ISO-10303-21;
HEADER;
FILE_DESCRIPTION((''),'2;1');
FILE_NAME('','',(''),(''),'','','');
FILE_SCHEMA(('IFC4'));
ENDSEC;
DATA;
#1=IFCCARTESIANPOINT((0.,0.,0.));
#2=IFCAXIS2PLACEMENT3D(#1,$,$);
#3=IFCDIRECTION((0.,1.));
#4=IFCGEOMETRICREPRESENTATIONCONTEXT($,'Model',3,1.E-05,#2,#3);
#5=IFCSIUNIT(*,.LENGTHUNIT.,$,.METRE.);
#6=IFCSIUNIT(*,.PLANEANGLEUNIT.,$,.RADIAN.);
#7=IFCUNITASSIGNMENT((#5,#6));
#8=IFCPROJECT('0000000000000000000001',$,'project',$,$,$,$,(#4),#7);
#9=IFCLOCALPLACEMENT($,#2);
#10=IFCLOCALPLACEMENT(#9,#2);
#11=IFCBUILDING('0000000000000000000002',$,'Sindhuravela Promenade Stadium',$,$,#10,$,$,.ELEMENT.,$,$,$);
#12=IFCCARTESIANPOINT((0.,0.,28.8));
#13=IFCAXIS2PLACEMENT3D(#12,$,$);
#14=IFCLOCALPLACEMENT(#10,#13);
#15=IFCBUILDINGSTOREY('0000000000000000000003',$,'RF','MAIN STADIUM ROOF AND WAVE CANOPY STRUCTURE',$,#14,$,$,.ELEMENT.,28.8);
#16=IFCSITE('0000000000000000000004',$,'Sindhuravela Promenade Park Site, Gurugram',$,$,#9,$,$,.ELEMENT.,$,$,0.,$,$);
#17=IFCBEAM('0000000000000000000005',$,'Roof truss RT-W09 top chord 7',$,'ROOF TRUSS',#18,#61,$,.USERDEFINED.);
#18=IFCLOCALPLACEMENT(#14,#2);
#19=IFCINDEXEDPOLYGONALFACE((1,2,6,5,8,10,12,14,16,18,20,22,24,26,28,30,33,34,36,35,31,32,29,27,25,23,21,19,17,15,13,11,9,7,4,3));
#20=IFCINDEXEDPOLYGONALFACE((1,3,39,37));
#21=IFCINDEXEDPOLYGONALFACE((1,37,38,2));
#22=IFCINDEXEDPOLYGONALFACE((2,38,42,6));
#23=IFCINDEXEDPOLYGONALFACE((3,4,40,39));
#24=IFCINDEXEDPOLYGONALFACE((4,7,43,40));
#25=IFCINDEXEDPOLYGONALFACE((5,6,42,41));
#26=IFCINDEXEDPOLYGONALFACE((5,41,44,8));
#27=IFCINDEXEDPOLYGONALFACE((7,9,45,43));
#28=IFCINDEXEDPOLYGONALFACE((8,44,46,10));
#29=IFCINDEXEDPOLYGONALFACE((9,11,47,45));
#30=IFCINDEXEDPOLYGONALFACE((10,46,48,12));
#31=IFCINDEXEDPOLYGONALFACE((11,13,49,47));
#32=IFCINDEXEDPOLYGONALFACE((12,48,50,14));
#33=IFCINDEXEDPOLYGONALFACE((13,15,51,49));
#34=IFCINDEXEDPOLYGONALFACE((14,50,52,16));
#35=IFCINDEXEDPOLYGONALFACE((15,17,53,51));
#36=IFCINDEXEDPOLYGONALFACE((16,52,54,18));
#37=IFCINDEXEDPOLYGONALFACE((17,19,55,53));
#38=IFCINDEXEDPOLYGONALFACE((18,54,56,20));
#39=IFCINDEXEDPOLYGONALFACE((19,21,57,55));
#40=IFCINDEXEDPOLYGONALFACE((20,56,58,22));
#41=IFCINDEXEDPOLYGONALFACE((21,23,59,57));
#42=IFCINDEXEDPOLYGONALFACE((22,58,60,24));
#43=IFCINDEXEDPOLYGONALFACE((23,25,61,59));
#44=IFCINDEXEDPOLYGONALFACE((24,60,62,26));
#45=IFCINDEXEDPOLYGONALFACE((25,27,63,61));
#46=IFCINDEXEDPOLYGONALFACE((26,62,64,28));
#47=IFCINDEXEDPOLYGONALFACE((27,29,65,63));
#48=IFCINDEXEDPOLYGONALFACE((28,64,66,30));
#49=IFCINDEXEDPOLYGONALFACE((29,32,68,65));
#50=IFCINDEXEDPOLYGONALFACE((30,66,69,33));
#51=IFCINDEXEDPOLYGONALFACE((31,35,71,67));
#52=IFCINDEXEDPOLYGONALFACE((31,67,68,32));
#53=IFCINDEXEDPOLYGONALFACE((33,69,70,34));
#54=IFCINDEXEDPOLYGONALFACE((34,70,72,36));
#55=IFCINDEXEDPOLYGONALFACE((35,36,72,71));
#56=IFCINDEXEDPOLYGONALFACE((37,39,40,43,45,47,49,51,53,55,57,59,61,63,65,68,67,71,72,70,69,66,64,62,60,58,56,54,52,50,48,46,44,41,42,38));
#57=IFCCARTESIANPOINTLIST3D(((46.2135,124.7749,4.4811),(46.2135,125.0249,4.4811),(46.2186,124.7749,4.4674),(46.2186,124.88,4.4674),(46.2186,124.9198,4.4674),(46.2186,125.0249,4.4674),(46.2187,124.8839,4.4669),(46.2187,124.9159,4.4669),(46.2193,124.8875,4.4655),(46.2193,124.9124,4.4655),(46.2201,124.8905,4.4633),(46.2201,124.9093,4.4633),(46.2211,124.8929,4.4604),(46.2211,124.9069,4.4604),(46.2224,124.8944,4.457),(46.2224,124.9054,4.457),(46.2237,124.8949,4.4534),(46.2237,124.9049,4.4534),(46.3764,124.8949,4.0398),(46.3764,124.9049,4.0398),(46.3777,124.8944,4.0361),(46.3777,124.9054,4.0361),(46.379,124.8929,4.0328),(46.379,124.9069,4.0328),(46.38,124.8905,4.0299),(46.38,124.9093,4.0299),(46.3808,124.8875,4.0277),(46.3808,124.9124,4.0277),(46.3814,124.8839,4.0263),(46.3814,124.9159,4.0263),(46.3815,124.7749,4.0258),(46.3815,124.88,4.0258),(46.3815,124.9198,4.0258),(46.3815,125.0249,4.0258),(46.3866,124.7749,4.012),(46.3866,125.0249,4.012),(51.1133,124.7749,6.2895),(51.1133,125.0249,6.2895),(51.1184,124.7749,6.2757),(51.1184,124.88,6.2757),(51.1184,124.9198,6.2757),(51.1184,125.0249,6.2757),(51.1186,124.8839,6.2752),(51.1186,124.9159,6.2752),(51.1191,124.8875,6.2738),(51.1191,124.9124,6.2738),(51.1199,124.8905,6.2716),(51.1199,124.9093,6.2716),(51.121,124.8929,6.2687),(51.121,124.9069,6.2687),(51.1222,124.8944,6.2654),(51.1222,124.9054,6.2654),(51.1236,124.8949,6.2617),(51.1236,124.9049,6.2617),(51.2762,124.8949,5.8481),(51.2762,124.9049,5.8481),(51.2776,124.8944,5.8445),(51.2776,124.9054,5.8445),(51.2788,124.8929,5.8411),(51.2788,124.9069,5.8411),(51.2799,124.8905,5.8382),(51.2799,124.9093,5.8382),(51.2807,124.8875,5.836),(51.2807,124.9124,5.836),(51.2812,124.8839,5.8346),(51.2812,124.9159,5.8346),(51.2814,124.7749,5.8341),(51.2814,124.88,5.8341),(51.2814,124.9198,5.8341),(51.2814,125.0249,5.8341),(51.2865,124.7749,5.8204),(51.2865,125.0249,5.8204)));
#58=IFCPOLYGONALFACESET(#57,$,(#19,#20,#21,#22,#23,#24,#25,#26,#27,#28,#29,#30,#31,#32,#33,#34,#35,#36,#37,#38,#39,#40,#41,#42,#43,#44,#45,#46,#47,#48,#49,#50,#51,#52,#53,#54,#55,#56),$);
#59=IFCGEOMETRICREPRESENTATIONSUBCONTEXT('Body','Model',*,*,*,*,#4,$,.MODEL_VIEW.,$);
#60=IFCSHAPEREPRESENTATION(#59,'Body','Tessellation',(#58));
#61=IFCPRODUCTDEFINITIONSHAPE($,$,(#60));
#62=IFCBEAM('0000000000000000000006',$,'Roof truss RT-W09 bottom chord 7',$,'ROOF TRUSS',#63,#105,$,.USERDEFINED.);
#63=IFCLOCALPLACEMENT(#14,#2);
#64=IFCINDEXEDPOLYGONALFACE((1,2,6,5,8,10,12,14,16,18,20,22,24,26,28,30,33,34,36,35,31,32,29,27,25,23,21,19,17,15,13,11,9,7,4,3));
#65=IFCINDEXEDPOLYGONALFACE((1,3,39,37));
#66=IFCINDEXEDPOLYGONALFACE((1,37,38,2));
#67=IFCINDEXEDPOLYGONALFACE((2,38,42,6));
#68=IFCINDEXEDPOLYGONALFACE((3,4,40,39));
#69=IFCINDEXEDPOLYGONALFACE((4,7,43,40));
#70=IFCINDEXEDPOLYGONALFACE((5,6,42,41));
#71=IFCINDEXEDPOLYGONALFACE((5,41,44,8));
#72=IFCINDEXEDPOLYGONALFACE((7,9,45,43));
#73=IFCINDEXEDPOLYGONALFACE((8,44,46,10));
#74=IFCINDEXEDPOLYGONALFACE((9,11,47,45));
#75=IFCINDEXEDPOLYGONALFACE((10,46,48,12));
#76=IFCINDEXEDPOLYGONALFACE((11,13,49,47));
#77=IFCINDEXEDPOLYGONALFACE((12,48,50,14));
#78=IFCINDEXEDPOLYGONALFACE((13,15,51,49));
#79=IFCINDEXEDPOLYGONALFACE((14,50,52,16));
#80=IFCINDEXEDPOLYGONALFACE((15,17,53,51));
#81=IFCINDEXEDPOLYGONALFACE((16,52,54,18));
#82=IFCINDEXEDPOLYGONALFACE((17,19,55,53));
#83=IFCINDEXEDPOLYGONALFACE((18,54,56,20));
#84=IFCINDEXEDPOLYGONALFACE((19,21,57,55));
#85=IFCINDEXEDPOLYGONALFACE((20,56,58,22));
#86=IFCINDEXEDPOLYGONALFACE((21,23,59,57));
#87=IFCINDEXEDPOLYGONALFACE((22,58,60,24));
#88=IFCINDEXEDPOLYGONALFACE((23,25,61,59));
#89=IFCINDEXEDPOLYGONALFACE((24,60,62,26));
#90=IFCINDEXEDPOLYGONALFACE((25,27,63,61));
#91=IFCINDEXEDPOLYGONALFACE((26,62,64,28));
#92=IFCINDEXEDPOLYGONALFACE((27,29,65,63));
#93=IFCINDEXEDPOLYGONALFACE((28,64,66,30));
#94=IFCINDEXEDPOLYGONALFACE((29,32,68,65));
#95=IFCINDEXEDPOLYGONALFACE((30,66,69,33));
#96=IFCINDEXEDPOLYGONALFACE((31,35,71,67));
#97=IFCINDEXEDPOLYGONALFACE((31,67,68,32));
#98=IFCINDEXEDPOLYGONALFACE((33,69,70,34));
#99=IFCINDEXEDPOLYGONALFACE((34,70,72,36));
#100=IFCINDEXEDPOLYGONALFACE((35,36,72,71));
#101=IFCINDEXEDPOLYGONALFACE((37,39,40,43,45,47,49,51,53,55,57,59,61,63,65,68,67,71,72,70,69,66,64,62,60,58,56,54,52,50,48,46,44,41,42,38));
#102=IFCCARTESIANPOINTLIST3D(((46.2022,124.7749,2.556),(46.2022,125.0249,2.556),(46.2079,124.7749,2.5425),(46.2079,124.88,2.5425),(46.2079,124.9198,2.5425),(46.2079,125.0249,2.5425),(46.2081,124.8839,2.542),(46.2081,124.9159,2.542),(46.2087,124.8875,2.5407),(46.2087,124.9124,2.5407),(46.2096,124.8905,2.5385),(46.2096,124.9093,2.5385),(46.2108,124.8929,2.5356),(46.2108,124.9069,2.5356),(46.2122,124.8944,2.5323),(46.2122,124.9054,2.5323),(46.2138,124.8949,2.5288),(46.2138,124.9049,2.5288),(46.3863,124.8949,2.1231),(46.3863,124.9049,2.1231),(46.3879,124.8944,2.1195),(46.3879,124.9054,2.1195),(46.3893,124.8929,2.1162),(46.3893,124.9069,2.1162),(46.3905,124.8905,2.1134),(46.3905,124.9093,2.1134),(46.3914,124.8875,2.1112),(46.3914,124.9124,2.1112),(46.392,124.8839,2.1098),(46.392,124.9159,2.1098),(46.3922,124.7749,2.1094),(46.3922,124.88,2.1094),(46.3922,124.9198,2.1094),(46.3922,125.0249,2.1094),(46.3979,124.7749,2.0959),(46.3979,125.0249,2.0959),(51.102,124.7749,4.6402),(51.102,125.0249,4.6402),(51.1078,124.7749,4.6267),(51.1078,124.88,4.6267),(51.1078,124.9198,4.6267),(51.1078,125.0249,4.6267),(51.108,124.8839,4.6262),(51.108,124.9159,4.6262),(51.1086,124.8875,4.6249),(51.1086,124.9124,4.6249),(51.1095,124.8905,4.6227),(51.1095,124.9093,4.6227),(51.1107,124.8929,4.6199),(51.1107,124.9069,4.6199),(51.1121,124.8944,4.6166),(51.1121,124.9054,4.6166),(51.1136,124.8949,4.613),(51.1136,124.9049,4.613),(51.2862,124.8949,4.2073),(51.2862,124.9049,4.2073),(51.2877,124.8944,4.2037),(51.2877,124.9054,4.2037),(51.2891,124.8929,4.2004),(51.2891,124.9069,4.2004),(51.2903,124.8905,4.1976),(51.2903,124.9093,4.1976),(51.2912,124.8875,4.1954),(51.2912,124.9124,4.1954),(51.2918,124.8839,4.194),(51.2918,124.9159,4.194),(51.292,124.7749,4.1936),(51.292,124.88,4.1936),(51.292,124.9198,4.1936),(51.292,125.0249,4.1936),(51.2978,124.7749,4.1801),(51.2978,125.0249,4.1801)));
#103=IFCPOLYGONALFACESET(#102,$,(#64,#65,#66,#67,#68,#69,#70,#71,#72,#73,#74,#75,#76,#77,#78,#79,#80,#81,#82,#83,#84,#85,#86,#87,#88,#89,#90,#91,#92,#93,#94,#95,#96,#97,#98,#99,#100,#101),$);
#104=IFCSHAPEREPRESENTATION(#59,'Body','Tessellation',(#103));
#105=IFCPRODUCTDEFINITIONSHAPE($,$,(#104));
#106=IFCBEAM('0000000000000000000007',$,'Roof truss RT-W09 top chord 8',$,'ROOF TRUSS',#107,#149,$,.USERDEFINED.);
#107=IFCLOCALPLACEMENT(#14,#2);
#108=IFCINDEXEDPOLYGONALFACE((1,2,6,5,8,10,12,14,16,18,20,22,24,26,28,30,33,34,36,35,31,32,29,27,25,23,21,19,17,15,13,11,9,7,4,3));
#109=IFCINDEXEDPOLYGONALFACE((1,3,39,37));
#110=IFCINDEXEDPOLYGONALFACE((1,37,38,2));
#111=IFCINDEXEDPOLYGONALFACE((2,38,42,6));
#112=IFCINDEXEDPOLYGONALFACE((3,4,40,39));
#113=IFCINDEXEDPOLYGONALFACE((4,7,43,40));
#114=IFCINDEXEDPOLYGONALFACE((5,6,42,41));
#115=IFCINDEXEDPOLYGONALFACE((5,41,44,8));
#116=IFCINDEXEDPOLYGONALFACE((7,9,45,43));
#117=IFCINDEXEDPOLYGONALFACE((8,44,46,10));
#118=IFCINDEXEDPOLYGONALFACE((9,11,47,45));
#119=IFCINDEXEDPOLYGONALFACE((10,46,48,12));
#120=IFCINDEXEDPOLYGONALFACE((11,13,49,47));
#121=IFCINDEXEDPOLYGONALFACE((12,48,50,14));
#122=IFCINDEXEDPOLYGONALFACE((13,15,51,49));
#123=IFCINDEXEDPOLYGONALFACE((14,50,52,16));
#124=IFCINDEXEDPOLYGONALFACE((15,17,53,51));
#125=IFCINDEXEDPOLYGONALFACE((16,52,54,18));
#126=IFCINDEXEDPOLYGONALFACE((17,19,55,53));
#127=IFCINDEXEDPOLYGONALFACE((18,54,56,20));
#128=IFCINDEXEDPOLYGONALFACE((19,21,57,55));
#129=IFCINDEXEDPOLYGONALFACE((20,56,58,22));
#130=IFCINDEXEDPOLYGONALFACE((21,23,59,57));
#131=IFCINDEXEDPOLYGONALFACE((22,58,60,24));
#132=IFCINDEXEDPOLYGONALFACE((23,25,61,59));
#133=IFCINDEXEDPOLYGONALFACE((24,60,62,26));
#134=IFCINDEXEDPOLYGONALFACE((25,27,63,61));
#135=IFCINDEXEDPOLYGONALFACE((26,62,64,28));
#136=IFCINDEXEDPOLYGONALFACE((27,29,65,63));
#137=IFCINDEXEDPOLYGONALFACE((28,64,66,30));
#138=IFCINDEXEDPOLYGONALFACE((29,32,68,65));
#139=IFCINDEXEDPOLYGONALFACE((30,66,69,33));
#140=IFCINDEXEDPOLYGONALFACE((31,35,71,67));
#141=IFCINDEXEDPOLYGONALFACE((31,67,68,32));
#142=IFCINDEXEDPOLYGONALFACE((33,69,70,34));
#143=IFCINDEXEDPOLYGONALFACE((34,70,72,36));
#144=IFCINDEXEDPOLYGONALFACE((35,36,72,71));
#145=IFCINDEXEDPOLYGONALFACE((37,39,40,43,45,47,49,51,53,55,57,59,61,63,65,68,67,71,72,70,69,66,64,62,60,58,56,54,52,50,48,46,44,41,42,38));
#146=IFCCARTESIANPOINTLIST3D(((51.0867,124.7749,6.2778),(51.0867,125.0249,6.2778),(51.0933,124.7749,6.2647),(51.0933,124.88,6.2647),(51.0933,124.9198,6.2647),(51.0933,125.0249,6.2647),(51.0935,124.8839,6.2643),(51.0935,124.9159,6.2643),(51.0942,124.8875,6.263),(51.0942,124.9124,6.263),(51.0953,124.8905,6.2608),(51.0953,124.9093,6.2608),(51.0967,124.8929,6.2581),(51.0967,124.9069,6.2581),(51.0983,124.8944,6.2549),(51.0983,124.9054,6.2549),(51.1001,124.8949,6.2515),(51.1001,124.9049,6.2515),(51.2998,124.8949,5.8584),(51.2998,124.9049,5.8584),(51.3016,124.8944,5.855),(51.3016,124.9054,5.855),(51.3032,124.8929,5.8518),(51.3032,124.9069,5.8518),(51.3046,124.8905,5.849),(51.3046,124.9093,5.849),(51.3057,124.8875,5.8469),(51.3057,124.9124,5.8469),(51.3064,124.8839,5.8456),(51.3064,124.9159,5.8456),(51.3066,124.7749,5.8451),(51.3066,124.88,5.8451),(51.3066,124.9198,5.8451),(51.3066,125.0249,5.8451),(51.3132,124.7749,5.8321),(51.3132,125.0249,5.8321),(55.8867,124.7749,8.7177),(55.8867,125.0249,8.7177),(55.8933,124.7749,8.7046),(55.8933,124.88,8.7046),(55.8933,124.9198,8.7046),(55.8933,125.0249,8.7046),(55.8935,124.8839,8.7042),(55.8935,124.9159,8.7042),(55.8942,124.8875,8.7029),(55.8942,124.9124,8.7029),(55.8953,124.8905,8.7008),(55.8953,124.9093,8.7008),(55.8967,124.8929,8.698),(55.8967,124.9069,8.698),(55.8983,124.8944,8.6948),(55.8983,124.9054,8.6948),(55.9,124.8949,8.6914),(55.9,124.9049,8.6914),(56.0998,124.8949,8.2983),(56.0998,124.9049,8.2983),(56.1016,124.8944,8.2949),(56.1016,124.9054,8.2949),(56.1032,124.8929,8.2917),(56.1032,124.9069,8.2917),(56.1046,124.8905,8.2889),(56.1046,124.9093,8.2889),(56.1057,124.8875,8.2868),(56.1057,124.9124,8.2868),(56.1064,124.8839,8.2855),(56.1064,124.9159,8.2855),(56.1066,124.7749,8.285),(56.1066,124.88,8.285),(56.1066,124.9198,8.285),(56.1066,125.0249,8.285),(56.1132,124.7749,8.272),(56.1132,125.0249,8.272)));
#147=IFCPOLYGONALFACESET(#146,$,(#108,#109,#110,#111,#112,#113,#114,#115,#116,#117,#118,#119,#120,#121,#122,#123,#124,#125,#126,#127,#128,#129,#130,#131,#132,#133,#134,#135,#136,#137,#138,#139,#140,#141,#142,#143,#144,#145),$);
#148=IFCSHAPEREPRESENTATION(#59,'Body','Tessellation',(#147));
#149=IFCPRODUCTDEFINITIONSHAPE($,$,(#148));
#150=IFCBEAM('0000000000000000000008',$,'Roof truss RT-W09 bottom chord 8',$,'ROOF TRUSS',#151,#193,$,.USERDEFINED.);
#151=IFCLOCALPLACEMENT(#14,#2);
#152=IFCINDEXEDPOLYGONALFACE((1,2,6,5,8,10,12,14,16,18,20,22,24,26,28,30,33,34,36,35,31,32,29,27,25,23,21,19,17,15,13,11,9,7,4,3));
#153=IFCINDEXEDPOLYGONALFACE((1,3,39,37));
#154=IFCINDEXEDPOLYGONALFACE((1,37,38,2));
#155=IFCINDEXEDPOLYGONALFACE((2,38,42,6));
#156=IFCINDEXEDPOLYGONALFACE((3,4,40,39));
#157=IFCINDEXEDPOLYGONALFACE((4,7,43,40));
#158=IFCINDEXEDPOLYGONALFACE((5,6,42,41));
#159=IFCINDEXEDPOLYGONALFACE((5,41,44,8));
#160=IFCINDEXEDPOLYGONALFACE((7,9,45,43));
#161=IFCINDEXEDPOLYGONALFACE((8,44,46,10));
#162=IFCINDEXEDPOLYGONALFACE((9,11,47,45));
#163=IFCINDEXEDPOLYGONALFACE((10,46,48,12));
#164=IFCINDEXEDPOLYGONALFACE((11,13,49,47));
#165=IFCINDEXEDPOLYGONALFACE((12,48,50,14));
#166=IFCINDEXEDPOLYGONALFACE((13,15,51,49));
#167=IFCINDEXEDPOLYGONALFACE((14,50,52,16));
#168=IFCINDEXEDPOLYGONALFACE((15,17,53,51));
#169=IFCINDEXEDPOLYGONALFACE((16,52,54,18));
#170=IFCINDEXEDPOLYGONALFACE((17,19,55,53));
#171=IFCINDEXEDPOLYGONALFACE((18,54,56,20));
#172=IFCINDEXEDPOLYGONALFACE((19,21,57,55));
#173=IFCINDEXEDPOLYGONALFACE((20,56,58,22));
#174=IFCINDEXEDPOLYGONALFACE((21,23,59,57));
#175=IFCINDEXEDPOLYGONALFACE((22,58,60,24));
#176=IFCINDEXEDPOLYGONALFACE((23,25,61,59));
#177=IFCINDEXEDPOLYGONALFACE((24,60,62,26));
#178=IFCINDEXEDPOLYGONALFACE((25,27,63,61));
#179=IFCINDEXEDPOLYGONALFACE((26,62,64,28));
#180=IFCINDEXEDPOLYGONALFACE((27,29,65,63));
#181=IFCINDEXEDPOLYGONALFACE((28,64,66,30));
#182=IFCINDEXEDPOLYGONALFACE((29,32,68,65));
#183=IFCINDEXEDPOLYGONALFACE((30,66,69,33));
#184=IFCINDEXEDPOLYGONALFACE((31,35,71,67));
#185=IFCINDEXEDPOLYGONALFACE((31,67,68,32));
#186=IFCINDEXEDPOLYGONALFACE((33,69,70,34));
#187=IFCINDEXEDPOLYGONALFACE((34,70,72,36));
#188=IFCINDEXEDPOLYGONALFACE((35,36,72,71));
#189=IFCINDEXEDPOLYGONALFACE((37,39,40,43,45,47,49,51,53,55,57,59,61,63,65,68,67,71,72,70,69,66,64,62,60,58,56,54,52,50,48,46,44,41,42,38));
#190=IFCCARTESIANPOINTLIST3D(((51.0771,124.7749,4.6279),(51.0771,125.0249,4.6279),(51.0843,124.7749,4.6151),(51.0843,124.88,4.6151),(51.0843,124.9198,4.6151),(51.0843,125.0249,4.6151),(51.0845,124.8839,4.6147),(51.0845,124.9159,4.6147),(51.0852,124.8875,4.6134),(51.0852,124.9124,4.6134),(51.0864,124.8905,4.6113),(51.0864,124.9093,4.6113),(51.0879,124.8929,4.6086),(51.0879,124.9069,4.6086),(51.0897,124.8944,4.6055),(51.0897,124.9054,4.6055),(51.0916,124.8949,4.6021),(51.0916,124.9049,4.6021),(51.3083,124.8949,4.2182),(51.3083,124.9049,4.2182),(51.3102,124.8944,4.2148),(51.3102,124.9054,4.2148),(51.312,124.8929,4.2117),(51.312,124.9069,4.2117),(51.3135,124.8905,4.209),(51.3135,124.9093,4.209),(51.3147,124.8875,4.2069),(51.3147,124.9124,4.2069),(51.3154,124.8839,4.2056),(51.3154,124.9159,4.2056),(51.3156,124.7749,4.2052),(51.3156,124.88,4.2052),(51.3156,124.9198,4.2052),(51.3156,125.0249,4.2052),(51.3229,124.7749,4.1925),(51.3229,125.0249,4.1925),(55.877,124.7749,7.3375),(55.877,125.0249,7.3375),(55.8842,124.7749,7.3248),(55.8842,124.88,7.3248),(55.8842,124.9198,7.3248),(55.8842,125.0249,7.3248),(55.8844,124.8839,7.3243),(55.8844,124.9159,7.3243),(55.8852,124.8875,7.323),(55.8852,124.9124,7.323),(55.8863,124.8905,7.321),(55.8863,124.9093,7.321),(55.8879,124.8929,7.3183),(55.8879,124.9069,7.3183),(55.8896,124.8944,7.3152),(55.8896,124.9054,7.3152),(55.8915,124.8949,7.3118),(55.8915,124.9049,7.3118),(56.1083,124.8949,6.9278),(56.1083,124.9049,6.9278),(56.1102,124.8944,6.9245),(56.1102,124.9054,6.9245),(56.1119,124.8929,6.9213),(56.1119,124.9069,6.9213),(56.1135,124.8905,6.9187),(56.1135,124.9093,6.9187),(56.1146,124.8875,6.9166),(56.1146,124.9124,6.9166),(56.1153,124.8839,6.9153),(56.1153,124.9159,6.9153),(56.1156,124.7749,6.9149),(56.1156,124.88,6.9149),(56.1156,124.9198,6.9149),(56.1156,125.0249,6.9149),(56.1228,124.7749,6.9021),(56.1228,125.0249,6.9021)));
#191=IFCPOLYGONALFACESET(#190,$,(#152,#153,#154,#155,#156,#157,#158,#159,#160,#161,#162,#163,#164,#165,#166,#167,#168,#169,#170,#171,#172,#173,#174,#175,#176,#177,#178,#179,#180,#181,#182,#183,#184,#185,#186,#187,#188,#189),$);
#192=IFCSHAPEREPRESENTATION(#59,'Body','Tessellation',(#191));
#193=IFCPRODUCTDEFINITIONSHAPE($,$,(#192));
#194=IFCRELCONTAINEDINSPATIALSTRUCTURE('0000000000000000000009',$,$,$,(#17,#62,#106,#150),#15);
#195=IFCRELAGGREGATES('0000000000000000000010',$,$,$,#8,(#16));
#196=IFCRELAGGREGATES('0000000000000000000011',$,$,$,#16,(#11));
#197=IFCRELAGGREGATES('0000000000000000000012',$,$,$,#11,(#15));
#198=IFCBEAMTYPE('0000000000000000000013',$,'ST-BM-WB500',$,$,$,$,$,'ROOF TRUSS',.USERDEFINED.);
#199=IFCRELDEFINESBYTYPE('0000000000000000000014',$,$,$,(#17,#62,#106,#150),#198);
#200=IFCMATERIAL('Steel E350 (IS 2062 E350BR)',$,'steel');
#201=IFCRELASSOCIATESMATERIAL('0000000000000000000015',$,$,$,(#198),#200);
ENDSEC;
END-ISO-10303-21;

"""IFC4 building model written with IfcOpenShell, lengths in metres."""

from ifc_helpers import new_model, si_unit, direction, frame, origin, origin_2d, place, context, subcontext, project, spatial, i_section, extrude, material, material_profile, profile_set, type_object, element, save


model = new_model("IFC4")

# Units and contexts
model_context = context("Model", 3, precision=1e-05, world=origin(), true_north=direction((0.0, 1.0)))
body_context = subcontext(model_context, "Body", "Model", "MODEL_VIEW")
ifc_project = project(units=[si_unit("LENGTHUNIT", "METRE"), si_unit("PLANEANGLEUNIT", "RADIAN")], contexts=[model_context])

# Site, building, storey
site_placement = place(None, origin())
site = spatial("IfcSite", under=ifc_project, at=site_placement, Name="Sindhuravela Promenade Park Site, Gurugram", CompositionType="ELEMENT", RefElevation=0.0)
building_placement = place(site_placement, origin())
building = spatial("IfcBuilding", under=site, at=building_placement, Name="Sindhuravela Promenade Stadium", CompositionType="ELEMENT")
storey_placement = place(building_placement, frame((0.0, 0.0, 28.8)))
storey = spatial("IfcBuildingStorey", under=building, at=storey_placement, Name="RF", Description="MAIN STADIUM ROOF AND WAVE CANOPY STRUCTURE", CompositionType="ELEMENT", Elevation=28.8)

# Beams
ifc_material_1 = material(Name="Steel E350 (IS 2062 E350BR)", Category="steel")
ifc_material_profile_1 = material_profile(ifc_material_1, i_section(OverallWidth=0.25, OverallDepth=0.5, WebThickness=0.01, FlangeThickness=0.0146, FilletRadius=0.0149, at=origin_2d()), Name="ISWB 500")
ifc_profile_set_1 = profile_set([ifc_material_profile_1], Name="Steel E350 (IS 2062 E350BR)")
beam_type = type_object("IfcBeamType", Name="ST-BM-WB500", ElementType="ROOF TRUSS", PredefinedType="USERDEFINED", material=ifc_profile_set_1)
beam_1_placement = place(storey_placement, frame((46.3, 124.8999, 4.2466), z_axis=(0.938149, 0.0, 0.346232), x_axis=(0.0, 1.0, 0.0)))
element("IfcBeam", 1, at=beam_1_placement, inside=storey, type_object=beam_type, Name="Roof truss RT-W09 top chord 7", ObjectType="ROOF TRUSS", PredefinedType="USERDEFINED", context=body_context, shape_type="SweptSolid", body=[
    extrude(i_section(OverallWidth=0.25, OverallDepth=0.5, WebThickness=0.01, FlangeThickness=0.0146, FilletRadius=0.0149, at=origin_2d()), origin(), (0.0, 0.0, 1.0), 5.2229),
])
beam_2_placement = place(storey_placement, frame((46.3, 124.8999, 2.3259), z_axis=(0.920211, 0.0, 0.391422), x_axis=(0.0, 1.0, 0.0)))
element("IfcBeam", 2, at=beam_2_placement, inside=storey, type_object=beam_type, Name="Roof truss RT-W09 bottom chord 7", ObjectType="ROOF TRUSS", PredefinedType="USERDEFINED", context=body_context, shape_type="SweptSolid", body=[
    extrude(i_section(OverallWidth=0.25, OverallDepth=0.5, WebThickness=0.01, FlangeThickness=0.0146, FilletRadius=0.0149, at=origin_2d()), origin(), (0.0, 0.0, 1.0), 5.3247),
])
beam_3_placement = place(storey_placement, frame((51.2, 124.8999, 6.0549), z_axis=(0.891442, 0.0, 0.453134), x_axis=(0.0, 1.0, 0.0)))
element("IfcBeam", 3, at=beam_3_placement, inside=storey, type_object=beam_type, Name="Roof truss RT-W09 top chord 8", ObjectType="ROOF TRUSS", PredefinedType="USERDEFINED", context=body_context, shape_type="SweptSolid", body=[
    extrude(i_section(OverallWidth=0.25, OverallDepth=0.5, WebThickness=0.01, FlangeThickness=0.0146, FilletRadius=0.0149, at=origin_2d()), origin(), (0.0, 0.0, 1.0), 5.3845),
])
beam_4_placement = place(storey_placement, frame((51.2, 124.8999, 4.4102), z_axis=(0.870823, 0.0, 0.491596), x_axis=(0.0, 1.0, 0.0)))
element("IfcBeam", 4, at=beam_4_placement, inside=storey, type_object=beam_type, Name="Roof truss RT-W09 bottom chord 8", ObjectType="ROOF TRUSS", PredefinedType="USERDEFINED", context=body_context, shape_type="SweptSolid", body=[
    extrude(i_section(OverallWidth=0.25, OverallDepth=0.5, WebThickness=0.01, FlangeThickness=0.0146, FilletRadius=0.0149, at=origin_2d()), origin(), (0.0, 0.0, 1.0), 5.512),
])

save(model, "model.ifc")
